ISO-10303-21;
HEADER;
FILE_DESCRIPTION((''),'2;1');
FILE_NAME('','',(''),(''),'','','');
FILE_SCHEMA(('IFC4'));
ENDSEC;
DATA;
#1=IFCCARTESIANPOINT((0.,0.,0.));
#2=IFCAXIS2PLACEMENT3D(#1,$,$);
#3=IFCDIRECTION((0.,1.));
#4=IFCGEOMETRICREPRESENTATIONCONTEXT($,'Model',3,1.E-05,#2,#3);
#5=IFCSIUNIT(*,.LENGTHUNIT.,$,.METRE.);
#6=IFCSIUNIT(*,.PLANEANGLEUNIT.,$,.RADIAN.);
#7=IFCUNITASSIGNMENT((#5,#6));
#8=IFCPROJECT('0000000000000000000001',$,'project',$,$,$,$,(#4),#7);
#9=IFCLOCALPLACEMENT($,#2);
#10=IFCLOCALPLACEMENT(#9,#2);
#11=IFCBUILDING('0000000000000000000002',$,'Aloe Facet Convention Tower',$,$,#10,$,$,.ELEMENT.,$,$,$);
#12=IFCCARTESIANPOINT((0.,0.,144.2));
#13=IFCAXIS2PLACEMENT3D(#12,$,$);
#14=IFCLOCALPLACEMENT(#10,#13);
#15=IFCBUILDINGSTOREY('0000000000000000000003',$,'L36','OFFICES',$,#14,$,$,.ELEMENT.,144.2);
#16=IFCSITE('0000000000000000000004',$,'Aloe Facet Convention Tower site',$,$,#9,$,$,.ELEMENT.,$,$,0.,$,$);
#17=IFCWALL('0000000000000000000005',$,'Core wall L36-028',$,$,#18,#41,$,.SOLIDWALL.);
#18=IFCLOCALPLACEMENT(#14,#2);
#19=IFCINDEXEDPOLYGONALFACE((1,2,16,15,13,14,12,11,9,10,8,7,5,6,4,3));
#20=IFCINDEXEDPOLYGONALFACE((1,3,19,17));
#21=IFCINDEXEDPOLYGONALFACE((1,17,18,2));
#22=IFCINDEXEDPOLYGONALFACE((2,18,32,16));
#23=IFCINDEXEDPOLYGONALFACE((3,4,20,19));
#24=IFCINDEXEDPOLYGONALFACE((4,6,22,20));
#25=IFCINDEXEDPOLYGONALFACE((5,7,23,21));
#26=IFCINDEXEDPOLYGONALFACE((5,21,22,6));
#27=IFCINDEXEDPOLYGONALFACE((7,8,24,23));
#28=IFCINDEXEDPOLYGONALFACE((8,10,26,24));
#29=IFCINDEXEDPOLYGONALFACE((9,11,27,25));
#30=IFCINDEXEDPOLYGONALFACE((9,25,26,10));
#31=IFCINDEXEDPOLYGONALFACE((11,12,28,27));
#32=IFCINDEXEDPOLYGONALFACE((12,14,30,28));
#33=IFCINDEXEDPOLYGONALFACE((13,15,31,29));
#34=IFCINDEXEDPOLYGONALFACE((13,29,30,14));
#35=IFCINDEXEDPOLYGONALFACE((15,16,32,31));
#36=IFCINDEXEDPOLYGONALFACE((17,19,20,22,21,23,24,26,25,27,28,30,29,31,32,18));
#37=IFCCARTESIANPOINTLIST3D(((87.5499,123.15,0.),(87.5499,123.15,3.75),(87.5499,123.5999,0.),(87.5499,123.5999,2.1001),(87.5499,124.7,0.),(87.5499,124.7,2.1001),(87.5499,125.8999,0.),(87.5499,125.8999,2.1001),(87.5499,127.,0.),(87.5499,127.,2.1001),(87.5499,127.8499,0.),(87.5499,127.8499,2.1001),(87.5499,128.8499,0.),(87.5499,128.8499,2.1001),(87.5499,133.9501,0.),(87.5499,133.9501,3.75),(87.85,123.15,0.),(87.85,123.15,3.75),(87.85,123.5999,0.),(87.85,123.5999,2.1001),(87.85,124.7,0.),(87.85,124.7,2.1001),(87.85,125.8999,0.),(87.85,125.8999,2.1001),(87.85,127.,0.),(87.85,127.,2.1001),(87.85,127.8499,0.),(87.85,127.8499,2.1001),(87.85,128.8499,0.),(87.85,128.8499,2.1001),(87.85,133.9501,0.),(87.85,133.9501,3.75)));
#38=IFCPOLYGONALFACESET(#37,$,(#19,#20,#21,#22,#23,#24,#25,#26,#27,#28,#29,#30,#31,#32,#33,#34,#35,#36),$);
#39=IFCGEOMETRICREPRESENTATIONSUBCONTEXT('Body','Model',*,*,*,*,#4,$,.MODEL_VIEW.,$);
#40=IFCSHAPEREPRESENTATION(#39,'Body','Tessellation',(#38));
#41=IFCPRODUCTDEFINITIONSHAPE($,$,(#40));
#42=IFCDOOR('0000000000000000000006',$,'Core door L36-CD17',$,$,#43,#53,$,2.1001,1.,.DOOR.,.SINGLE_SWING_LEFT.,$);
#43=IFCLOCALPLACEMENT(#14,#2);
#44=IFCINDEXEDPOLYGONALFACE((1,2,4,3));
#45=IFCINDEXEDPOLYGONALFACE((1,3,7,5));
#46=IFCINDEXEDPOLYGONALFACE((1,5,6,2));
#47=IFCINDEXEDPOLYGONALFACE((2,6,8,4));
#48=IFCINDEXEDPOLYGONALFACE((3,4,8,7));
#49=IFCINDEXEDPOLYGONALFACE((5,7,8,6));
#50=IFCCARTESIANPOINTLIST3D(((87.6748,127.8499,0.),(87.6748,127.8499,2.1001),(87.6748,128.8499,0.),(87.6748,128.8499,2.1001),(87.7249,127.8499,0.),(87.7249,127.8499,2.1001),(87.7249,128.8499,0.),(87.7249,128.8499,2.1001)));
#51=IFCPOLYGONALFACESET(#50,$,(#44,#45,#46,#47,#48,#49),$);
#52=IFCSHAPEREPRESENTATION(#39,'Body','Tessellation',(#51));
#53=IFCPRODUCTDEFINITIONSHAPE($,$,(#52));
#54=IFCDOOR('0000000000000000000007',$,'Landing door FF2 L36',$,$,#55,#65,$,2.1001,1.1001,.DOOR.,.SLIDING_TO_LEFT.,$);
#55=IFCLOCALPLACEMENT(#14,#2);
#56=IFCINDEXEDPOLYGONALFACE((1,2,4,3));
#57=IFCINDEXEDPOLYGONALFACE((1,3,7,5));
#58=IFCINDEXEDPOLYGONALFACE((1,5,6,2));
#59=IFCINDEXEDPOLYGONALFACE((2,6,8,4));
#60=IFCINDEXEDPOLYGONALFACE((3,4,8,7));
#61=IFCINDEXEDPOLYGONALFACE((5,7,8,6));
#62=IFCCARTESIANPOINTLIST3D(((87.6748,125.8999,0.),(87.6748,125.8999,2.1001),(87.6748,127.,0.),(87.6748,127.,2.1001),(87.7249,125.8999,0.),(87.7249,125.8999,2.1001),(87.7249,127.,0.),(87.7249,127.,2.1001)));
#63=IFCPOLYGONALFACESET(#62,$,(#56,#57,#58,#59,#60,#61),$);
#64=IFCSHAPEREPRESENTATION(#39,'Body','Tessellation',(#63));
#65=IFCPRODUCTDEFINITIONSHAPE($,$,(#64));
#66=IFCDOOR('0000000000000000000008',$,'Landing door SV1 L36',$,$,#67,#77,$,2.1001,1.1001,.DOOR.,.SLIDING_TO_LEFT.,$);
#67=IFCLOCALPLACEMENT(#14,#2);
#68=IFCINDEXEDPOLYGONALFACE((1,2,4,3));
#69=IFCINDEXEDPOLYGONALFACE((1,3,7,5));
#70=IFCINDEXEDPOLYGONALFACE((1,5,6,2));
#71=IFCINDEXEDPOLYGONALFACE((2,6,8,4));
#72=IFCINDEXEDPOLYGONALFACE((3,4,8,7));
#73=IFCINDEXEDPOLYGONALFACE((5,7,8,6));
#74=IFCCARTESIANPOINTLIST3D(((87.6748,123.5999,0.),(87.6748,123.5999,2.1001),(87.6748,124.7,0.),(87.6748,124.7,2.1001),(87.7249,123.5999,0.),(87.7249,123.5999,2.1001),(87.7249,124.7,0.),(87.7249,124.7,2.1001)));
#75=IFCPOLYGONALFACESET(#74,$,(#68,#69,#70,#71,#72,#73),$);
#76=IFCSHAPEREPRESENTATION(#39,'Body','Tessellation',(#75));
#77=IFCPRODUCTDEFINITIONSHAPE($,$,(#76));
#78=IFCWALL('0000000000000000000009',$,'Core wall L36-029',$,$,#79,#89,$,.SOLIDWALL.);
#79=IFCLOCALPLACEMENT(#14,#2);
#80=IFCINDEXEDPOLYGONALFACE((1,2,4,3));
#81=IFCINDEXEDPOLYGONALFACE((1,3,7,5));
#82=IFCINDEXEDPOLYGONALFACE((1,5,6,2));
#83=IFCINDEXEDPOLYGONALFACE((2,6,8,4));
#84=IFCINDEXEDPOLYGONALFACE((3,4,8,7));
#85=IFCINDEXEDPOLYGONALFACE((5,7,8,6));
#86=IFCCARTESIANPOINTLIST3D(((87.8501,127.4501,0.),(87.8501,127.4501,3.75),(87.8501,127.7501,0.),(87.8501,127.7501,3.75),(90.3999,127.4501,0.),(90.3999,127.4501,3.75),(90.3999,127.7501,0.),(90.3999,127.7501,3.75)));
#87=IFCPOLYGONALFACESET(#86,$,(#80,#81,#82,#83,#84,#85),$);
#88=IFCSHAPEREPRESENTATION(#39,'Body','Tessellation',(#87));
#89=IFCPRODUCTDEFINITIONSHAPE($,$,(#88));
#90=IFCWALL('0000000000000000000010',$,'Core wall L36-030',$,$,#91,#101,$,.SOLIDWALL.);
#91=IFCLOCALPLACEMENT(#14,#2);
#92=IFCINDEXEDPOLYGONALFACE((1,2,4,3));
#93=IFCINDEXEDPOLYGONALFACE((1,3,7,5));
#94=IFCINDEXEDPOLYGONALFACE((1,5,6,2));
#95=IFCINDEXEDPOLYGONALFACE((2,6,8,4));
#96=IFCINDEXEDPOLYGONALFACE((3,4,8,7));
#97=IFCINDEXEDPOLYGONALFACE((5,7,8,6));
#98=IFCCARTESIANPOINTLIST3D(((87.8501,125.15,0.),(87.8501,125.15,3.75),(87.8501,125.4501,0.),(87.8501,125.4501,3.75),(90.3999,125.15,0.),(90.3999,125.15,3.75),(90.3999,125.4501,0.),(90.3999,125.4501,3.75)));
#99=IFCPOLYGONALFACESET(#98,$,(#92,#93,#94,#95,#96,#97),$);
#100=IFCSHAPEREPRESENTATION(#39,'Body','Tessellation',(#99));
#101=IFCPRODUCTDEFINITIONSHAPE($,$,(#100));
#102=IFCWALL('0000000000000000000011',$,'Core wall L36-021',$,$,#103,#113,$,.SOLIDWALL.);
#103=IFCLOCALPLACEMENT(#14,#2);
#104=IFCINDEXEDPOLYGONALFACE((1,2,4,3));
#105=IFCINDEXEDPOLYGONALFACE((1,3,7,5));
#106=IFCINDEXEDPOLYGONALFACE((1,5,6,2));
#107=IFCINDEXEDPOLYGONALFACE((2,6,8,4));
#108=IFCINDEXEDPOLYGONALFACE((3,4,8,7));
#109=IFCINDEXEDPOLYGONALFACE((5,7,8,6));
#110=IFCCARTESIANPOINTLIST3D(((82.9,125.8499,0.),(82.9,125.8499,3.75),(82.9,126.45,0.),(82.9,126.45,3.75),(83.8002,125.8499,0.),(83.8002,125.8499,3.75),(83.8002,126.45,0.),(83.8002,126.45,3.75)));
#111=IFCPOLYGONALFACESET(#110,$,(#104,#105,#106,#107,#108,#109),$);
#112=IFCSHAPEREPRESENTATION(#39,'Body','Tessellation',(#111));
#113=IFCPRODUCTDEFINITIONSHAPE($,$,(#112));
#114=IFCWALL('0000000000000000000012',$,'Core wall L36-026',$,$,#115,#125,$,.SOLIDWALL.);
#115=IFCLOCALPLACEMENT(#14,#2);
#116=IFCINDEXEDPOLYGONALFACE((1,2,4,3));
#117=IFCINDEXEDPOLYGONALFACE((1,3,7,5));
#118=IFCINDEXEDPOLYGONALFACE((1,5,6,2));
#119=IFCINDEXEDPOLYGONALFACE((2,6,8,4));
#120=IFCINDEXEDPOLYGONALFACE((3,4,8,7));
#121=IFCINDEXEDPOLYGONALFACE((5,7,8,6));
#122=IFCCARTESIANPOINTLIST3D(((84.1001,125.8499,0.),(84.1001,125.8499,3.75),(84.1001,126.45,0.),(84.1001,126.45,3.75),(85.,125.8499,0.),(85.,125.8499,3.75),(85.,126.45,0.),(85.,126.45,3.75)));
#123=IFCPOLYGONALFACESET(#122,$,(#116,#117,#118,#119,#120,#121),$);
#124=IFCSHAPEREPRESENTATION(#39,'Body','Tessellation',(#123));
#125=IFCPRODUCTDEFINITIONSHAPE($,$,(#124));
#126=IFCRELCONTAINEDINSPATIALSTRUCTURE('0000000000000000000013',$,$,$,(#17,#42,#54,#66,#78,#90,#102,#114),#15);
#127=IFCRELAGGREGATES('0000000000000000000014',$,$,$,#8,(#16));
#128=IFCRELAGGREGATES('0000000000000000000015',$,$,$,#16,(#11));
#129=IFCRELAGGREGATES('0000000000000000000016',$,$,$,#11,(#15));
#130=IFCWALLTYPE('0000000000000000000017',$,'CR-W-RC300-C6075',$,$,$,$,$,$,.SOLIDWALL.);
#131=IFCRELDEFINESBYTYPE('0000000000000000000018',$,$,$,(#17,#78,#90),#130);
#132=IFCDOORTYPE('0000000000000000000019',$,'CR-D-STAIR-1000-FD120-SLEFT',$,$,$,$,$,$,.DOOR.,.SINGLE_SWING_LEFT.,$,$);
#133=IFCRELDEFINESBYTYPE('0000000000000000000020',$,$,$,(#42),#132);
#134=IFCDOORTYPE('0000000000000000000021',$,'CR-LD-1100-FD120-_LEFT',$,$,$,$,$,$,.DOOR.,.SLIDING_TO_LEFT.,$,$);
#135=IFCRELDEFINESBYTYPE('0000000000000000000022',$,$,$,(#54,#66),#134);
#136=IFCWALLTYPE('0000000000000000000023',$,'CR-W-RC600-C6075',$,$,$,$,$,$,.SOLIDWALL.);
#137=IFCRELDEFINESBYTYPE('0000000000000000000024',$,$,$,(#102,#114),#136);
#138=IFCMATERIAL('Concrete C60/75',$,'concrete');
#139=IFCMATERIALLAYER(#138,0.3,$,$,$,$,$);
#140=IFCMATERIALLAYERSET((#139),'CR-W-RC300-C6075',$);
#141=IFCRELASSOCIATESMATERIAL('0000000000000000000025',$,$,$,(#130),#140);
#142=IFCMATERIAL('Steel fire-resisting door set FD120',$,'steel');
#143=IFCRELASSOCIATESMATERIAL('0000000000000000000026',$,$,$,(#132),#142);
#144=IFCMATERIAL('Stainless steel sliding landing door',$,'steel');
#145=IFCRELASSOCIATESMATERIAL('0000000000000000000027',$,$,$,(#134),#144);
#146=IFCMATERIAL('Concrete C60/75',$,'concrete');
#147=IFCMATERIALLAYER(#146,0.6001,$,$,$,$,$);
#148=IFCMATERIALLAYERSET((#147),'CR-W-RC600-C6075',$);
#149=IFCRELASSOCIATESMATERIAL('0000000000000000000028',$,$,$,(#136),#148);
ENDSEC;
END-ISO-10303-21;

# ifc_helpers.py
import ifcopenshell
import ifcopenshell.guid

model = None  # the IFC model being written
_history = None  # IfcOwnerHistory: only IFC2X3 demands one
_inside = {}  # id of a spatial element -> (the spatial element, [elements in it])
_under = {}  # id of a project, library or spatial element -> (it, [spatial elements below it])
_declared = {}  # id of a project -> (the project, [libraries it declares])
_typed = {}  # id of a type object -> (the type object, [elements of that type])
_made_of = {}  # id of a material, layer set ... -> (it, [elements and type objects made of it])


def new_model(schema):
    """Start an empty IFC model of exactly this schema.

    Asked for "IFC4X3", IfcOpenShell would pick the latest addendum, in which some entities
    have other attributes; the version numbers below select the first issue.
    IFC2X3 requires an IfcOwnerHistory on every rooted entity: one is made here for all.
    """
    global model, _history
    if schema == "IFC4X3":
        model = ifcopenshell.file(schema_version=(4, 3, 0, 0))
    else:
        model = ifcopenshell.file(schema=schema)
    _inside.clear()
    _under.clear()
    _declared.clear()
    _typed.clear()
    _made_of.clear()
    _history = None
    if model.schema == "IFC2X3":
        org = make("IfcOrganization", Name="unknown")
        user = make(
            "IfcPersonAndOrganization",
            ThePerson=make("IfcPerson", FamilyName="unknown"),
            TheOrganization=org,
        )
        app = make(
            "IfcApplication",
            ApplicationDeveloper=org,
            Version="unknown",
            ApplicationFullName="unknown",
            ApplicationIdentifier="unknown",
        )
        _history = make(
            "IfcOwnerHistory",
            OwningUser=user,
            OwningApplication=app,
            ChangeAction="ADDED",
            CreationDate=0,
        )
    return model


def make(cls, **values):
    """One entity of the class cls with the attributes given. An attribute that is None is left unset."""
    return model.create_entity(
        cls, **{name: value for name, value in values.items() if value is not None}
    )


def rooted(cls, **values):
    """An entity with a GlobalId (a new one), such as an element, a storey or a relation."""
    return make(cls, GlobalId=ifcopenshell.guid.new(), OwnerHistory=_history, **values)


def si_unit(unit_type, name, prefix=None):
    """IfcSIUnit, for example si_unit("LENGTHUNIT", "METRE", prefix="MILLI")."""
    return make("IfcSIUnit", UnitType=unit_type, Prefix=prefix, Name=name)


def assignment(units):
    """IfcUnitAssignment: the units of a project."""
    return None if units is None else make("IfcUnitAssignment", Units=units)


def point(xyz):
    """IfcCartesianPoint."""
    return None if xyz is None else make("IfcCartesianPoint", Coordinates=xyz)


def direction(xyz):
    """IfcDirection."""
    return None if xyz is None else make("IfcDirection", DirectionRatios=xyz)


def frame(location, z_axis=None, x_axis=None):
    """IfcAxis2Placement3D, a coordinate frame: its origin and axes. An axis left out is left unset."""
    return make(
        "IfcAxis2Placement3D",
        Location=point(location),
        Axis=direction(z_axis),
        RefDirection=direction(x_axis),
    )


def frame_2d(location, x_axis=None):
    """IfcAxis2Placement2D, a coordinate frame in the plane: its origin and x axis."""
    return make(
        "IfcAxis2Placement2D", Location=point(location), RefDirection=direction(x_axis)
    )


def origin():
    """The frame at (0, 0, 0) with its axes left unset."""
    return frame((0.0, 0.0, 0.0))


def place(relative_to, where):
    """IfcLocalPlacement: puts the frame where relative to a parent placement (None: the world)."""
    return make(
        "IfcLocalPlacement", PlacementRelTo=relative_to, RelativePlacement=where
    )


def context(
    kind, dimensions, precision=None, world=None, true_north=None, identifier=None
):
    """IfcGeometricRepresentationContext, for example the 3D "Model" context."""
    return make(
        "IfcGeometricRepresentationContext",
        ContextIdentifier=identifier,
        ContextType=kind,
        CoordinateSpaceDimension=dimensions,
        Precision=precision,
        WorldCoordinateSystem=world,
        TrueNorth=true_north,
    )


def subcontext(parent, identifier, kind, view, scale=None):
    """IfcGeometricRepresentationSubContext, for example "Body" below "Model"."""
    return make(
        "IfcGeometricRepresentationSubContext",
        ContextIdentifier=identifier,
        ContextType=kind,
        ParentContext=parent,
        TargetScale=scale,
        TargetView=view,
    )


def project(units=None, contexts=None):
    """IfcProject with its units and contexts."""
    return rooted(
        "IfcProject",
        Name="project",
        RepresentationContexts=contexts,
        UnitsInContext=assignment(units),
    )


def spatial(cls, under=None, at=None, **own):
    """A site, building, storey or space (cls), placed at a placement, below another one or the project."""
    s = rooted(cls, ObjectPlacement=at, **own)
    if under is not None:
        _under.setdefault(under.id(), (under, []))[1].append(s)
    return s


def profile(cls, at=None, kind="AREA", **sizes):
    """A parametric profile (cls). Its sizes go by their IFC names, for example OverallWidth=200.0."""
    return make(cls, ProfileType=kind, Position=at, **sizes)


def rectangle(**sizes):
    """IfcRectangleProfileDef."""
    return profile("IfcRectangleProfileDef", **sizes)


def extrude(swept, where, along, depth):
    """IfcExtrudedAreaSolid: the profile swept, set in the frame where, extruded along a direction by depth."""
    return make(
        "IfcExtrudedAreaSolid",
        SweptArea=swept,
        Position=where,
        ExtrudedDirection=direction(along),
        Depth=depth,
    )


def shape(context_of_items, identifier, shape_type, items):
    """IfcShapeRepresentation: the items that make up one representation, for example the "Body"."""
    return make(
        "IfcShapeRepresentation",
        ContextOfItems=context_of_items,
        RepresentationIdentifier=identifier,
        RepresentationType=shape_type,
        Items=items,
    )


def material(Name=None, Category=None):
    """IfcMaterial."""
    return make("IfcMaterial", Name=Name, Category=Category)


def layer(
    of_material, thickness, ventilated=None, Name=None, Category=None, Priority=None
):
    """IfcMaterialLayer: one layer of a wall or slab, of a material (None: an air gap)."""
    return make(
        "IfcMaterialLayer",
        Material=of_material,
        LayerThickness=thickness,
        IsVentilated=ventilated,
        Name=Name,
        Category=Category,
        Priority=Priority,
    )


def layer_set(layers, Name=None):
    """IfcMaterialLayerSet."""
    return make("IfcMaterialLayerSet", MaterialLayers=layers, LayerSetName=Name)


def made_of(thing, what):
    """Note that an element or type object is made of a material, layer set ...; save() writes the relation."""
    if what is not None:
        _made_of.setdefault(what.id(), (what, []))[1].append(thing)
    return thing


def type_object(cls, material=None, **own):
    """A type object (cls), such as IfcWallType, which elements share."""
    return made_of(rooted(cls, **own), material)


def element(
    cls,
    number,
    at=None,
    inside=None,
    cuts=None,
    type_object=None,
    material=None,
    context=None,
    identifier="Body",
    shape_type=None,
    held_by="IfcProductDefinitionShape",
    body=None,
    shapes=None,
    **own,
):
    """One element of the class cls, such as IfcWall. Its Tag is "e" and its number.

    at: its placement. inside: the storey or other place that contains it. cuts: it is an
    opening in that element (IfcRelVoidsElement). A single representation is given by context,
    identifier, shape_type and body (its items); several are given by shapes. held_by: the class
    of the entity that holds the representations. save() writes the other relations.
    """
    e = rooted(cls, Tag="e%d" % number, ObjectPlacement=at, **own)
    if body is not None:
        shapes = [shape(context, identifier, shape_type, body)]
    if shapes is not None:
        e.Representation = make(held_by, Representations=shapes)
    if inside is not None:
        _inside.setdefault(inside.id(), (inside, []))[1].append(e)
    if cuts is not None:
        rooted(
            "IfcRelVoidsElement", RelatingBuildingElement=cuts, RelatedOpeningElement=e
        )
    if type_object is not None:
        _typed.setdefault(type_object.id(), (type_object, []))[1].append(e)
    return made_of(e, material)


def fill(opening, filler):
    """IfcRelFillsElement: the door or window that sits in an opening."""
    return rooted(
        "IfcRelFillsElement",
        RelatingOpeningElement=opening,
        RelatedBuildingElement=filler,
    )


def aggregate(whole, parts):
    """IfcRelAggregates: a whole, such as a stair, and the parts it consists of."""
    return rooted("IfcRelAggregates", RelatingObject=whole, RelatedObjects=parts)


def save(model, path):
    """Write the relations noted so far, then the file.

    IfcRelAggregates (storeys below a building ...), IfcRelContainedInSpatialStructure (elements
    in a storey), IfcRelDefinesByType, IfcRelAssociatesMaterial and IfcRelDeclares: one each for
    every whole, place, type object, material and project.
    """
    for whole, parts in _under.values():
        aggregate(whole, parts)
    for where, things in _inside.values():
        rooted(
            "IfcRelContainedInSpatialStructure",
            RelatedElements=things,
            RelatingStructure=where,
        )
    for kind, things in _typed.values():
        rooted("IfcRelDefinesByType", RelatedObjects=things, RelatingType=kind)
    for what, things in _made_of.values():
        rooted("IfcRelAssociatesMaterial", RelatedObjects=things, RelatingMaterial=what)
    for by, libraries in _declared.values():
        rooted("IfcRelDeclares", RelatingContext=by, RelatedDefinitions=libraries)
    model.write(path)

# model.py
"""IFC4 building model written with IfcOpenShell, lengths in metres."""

from ifc_helpers import new_model, si_unit, direction, frame, frame_2d, origin, place, context, subcontext, project, spatial, rectangle, extrude, material, layer, layer_set, type_object, element, fill, save


model = new_model("IFC4")

# Units and contexts
model_context = context("Model", 3, precision=1e-05, world=origin(), true_north=direction((0.0, 1.0)))
body_context = subcontext(model_context, "Body", "Model", "MODEL_VIEW")
ifc_project = project(units=[si_unit("LENGTHUNIT", "METRE"), si_unit("PLANEANGLEUNIT", "RADIAN")], contexts=[model_context])

# Site, building, storey
site_placement = place(None, origin())
site = spatial("IfcSite", under=ifc_project, at=site_placement, Name="Aloe Facet Convention Tower site", CompositionType="ELEMENT", RefElevation=0.0)
building_placement = place(site_placement, origin())
building = spatial("IfcBuilding", under=site, at=building_placement, Name="Aloe Facet Convention Tower", CompositionType="ELEMENT")
storey_placement = place(building_placement, frame((0.0, 0.0, 144.2)))
storey = spatial("IfcBuildingStorey", under=building, at=storey_placement, Name="L36", Description="OFFICES", CompositionType="ELEMENT", Elevation=144.2)

# Shared definitions
ifc_material_1 = material(Name="Concrete C60/75", Category="concrete")
ifc_layer_1 = layer(ifc_material_1, 0.3)
ifc_layer_set_1 = layer_set([ifc_layer_1], Name="CR-W-RC300-C6075")
wall_type_1 = type_object("IfcWallType", Name="CR-W-RC300-C6075", PredefinedType="SOLIDWALL", material=ifc_layer_set_1)
ifc_material_2 = material(Name="Steel fire-resisting door set FD120", Category="steel")
door_type_1 = type_object("IfcDoorType", Name="CR-D-STAIR-1000-FD120-SLEFT", OperationType="SINGLE_SWING_LEFT", PredefinedType="DOOR", material=ifc_material_2)

# Wall, openings, doors
wall_1_placement = place(storey_placement, frame((87.7, 133.95, 0.0), z_axis=(0.0, 0.0, 1.0), x_axis=(0.0, -1.0, 0.0)))
wall_1 = element("IfcWall", 1, at=wall_1_placement, inside=storey, type_object=wall_type_1, Name="Core wall L36-028", PredefinedType="SOLIDWALL", context=body_context, shape_type="SweptSolid", body=[
    extrude(rectangle(XDim=10.8, YDim=0.3, at=frame_2d((5.3999, 0.0))), origin(), (0.0, 0.0, 1.0), 3.75),
])
opening_1_placement = place(wall_1_placement, frame((6.95, 0.0, 0.0)))
opening_1 = element("IfcOpeningElement", 2, at=opening_1_placement, cuts=wall_1, PredefinedType="OPENING", context=body_context, shape_type="SweptSolid", body=[
    extrude(rectangle(XDim=1.1001, YDim=2.1001, at=frame_2d((0.55, 1.05))), frame((0.0, 0.1602, 0.0), z_axis=(0.0, -1.0, 0.0), x_axis=(1.0, 0.0, 0.0)), (0.0, 0.0, 1.0), 0.3201),
])
opening_2_placement = place(wall_1_placement, frame((5.1001, 0.0, 0.0)))
opening_2 = element("IfcOpeningElement", 3, at=opening_2_placement, cuts=wall_1, PredefinedType="OPENING", context=body_context, shape_type="SweptSolid", body=[
    extrude(rectangle(XDim=1.0, YDim=2.1001, at=frame_2d((0.5, 1.05))), frame((0.0, 0.1602, 0.0), z_axis=(0.0, -1.0, 0.0), x_axis=(1.0, 0.0, 0.0)), (0.0, 0.0, 1.0), 0.3201),
])
opening_3_placement = place(wall_1_placement, frame((9.25, 0.0, 0.0)))
opening_3 = element("IfcOpeningElement", 4, at=opening_3_placement, cuts=wall_1, PredefinedType="OPENING", context=body_context, shape_type="SweptSolid", body=[
    extrude(rectangle(XDim=1.1001, YDim=2.1001, at=frame_2d((0.55, 1.05))), frame((0.0, 0.1602, 0.0), z_axis=(0.0, -1.0, 0.0), x_axis=(1.0, 0.0, 0.0)), (0.0, 0.0, 1.0), 0.3201),
])
door_1_placement = place(opening_2_placement, origin())
door_1 = element("IfcDoor", 5, at=door_1_placement, inside=storey, type_object=door_type_1, Name="Core door L36-CD17", OperationType="SINGLE_SWING_LEFT", OverallHeight=2.1001, OverallWidth=1.0, PredefinedType="DOOR", context=body_context, shape_type="SweptSolid", body=[
    extrude(rectangle(XDim=1.0, YDim=2.1001, at=frame_2d((0.5, 1.05))), frame((0.0, 0.0249, 0.0), z_axis=(0.0, -1.0, 0.0), x_axis=(1.0, 0.0, 0.0)), (0.0, 0.0, 1.0), 0.05),
])
fill(opening_2, door_1)
ifc_material_3 = material(Name="Stainless steel sliding landing door", Category="steel")
door_type_2 = type_object("IfcDoorType", Name="CR-LD-1100-FD120-_LEFT", OperationType="SLIDING_TO_LEFT", PredefinedType="DOOR", material=ifc_material_3)
door_2_placement = place(opening_1_placement, origin())
door_2 = element("IfcDoor", 6, at=door_2_placement, inside=storey, type_object=door_type_2, Name="Landing door FF2 L36", OperationType="SLIDING_TO_LEFT", OverallHeight=2.1001, OverallWidth=1.1001, PredefinedType="DOOR", context=body_context, shape_type="SweptSolid", body=[
    extrude(rectangle(XDim=1.1001, YDim=2.1001, at=frame_2d((0.55, 1.05))), frame((0.0, 0.0249, 0.0), z_axis=(0.0, -1.0, 0.0), x_axis=(1.0, 0.0, 0.0)), (0.0, 0.0, 1.0), 0.05),
])
fill(opening_1, door_2)
door_3_placement = place(opening_3_placement, origin())
door_3 = element("IfcDoor", 7, at=door_3_placement, inside=storey, type_object=door_type_2, Name="Landing door SV1 L36", OperationType="SLIDING_TO_LEFT", OverallHeight=2.1001, OverallWidth=1.1001, PredefinedType="DOOR", context=body_context, shape_type="SweptSolid", body=[
    extrude(rectangle(XDim=1.1001, YDim=2.1001, at=frame_2d((0.55, 1.05))), frame((0.0, 0.0249, 0.0), z_axis=(0.0, -1.0, 0.0), x_axis=(1.0, 0.0, 0.0)), (0.0, 0.0, 1.0), 0.05),
])
fill(opening_3, door_3)

# Walls
for number, where, z_axis, x_axis, name in (
    (8, (87.8501, 127.6001, 0.0), (0.0, 0.0, 1.0), (1.0, 0.0, 0.0), "Core wall L36-029"),
    (9, (87.8501, 125.3, 0.0), (0.0, 0.0, 1.0), (1.0, 0.0, 0.0), "Core wall L36-030"),
):
    element("IfcWall", number, at=place(storey_placement, frame(where, z_axis=z_axis, x_axis=x_axis)), inside=storey, type_object=wall_type_1, Name=name, PredefinedType="SOLIDWALL", context=body_context, shape_type="SweptSolid", body=[
        extrude(rectangle(XDim=2.5498, YDim=0.3, at=frame_2d((1.2749, 0.0))), origin(), (0.0, 0.0, 1.0), 3.75),
    ])
ifc_material_4 = material(Name="Concrete C60/75", Category="concrete")
ifc_layer_2 = layer(ifc_material_4, 0.6001)
ifc_layer_set_2 = layer_set([ifc_layer_2], Name="CR-W-RC600-C6075")
wall_type_2 = type_object("IfcWallType", Name="CR-W-RC600-C6075", PredefinedType="SOLIDWALL", material=ifc_layer_set_2)
wall_2_placement = place(storey_placement, frame((82.8999, 126.1499, 0.0), z_axis=(0.0, 0.0, 1.0), x_axis=(1.0, 0.0, 0.0)))
element("IfcWall", 10, at=wall_2_placement, inside=storey, type_object=wall_type_2, Name="Core wall L36-021", PredefinedType="SOLIDWALL", context=body_context, shape_type="SweptSolid", body=[
    extrude(rectangle(XDim=0.9001, YDim=0.6001, at=frame_2d((0.4502, 0.0))), origin(), (0.0, 0.0, 1.0), 3.75),
])
wall_3_placement = place(storey_placement, frame((84.1001, 126.1499, 0.0), z_axis=(0.0, 0.0, 1.0), x_axis=(1.0, 0.0, 0.0)))
element("IfcWall", 11, at=wall_3_placement, inside=storey, type_object=wall_type_2, Name="Core wall L36-026", PredefinedType="SOLIDWALL", context=body_context, shape_type="SweptSolid", body=[
    extrude(rectangle(XDim=0.8999, YDim=0.6001, at=frame_2d((0.45, 0.0))), origin(), (0.0, 0.0, 1.0), 3.75),
])

save(model, "model.ifc")
